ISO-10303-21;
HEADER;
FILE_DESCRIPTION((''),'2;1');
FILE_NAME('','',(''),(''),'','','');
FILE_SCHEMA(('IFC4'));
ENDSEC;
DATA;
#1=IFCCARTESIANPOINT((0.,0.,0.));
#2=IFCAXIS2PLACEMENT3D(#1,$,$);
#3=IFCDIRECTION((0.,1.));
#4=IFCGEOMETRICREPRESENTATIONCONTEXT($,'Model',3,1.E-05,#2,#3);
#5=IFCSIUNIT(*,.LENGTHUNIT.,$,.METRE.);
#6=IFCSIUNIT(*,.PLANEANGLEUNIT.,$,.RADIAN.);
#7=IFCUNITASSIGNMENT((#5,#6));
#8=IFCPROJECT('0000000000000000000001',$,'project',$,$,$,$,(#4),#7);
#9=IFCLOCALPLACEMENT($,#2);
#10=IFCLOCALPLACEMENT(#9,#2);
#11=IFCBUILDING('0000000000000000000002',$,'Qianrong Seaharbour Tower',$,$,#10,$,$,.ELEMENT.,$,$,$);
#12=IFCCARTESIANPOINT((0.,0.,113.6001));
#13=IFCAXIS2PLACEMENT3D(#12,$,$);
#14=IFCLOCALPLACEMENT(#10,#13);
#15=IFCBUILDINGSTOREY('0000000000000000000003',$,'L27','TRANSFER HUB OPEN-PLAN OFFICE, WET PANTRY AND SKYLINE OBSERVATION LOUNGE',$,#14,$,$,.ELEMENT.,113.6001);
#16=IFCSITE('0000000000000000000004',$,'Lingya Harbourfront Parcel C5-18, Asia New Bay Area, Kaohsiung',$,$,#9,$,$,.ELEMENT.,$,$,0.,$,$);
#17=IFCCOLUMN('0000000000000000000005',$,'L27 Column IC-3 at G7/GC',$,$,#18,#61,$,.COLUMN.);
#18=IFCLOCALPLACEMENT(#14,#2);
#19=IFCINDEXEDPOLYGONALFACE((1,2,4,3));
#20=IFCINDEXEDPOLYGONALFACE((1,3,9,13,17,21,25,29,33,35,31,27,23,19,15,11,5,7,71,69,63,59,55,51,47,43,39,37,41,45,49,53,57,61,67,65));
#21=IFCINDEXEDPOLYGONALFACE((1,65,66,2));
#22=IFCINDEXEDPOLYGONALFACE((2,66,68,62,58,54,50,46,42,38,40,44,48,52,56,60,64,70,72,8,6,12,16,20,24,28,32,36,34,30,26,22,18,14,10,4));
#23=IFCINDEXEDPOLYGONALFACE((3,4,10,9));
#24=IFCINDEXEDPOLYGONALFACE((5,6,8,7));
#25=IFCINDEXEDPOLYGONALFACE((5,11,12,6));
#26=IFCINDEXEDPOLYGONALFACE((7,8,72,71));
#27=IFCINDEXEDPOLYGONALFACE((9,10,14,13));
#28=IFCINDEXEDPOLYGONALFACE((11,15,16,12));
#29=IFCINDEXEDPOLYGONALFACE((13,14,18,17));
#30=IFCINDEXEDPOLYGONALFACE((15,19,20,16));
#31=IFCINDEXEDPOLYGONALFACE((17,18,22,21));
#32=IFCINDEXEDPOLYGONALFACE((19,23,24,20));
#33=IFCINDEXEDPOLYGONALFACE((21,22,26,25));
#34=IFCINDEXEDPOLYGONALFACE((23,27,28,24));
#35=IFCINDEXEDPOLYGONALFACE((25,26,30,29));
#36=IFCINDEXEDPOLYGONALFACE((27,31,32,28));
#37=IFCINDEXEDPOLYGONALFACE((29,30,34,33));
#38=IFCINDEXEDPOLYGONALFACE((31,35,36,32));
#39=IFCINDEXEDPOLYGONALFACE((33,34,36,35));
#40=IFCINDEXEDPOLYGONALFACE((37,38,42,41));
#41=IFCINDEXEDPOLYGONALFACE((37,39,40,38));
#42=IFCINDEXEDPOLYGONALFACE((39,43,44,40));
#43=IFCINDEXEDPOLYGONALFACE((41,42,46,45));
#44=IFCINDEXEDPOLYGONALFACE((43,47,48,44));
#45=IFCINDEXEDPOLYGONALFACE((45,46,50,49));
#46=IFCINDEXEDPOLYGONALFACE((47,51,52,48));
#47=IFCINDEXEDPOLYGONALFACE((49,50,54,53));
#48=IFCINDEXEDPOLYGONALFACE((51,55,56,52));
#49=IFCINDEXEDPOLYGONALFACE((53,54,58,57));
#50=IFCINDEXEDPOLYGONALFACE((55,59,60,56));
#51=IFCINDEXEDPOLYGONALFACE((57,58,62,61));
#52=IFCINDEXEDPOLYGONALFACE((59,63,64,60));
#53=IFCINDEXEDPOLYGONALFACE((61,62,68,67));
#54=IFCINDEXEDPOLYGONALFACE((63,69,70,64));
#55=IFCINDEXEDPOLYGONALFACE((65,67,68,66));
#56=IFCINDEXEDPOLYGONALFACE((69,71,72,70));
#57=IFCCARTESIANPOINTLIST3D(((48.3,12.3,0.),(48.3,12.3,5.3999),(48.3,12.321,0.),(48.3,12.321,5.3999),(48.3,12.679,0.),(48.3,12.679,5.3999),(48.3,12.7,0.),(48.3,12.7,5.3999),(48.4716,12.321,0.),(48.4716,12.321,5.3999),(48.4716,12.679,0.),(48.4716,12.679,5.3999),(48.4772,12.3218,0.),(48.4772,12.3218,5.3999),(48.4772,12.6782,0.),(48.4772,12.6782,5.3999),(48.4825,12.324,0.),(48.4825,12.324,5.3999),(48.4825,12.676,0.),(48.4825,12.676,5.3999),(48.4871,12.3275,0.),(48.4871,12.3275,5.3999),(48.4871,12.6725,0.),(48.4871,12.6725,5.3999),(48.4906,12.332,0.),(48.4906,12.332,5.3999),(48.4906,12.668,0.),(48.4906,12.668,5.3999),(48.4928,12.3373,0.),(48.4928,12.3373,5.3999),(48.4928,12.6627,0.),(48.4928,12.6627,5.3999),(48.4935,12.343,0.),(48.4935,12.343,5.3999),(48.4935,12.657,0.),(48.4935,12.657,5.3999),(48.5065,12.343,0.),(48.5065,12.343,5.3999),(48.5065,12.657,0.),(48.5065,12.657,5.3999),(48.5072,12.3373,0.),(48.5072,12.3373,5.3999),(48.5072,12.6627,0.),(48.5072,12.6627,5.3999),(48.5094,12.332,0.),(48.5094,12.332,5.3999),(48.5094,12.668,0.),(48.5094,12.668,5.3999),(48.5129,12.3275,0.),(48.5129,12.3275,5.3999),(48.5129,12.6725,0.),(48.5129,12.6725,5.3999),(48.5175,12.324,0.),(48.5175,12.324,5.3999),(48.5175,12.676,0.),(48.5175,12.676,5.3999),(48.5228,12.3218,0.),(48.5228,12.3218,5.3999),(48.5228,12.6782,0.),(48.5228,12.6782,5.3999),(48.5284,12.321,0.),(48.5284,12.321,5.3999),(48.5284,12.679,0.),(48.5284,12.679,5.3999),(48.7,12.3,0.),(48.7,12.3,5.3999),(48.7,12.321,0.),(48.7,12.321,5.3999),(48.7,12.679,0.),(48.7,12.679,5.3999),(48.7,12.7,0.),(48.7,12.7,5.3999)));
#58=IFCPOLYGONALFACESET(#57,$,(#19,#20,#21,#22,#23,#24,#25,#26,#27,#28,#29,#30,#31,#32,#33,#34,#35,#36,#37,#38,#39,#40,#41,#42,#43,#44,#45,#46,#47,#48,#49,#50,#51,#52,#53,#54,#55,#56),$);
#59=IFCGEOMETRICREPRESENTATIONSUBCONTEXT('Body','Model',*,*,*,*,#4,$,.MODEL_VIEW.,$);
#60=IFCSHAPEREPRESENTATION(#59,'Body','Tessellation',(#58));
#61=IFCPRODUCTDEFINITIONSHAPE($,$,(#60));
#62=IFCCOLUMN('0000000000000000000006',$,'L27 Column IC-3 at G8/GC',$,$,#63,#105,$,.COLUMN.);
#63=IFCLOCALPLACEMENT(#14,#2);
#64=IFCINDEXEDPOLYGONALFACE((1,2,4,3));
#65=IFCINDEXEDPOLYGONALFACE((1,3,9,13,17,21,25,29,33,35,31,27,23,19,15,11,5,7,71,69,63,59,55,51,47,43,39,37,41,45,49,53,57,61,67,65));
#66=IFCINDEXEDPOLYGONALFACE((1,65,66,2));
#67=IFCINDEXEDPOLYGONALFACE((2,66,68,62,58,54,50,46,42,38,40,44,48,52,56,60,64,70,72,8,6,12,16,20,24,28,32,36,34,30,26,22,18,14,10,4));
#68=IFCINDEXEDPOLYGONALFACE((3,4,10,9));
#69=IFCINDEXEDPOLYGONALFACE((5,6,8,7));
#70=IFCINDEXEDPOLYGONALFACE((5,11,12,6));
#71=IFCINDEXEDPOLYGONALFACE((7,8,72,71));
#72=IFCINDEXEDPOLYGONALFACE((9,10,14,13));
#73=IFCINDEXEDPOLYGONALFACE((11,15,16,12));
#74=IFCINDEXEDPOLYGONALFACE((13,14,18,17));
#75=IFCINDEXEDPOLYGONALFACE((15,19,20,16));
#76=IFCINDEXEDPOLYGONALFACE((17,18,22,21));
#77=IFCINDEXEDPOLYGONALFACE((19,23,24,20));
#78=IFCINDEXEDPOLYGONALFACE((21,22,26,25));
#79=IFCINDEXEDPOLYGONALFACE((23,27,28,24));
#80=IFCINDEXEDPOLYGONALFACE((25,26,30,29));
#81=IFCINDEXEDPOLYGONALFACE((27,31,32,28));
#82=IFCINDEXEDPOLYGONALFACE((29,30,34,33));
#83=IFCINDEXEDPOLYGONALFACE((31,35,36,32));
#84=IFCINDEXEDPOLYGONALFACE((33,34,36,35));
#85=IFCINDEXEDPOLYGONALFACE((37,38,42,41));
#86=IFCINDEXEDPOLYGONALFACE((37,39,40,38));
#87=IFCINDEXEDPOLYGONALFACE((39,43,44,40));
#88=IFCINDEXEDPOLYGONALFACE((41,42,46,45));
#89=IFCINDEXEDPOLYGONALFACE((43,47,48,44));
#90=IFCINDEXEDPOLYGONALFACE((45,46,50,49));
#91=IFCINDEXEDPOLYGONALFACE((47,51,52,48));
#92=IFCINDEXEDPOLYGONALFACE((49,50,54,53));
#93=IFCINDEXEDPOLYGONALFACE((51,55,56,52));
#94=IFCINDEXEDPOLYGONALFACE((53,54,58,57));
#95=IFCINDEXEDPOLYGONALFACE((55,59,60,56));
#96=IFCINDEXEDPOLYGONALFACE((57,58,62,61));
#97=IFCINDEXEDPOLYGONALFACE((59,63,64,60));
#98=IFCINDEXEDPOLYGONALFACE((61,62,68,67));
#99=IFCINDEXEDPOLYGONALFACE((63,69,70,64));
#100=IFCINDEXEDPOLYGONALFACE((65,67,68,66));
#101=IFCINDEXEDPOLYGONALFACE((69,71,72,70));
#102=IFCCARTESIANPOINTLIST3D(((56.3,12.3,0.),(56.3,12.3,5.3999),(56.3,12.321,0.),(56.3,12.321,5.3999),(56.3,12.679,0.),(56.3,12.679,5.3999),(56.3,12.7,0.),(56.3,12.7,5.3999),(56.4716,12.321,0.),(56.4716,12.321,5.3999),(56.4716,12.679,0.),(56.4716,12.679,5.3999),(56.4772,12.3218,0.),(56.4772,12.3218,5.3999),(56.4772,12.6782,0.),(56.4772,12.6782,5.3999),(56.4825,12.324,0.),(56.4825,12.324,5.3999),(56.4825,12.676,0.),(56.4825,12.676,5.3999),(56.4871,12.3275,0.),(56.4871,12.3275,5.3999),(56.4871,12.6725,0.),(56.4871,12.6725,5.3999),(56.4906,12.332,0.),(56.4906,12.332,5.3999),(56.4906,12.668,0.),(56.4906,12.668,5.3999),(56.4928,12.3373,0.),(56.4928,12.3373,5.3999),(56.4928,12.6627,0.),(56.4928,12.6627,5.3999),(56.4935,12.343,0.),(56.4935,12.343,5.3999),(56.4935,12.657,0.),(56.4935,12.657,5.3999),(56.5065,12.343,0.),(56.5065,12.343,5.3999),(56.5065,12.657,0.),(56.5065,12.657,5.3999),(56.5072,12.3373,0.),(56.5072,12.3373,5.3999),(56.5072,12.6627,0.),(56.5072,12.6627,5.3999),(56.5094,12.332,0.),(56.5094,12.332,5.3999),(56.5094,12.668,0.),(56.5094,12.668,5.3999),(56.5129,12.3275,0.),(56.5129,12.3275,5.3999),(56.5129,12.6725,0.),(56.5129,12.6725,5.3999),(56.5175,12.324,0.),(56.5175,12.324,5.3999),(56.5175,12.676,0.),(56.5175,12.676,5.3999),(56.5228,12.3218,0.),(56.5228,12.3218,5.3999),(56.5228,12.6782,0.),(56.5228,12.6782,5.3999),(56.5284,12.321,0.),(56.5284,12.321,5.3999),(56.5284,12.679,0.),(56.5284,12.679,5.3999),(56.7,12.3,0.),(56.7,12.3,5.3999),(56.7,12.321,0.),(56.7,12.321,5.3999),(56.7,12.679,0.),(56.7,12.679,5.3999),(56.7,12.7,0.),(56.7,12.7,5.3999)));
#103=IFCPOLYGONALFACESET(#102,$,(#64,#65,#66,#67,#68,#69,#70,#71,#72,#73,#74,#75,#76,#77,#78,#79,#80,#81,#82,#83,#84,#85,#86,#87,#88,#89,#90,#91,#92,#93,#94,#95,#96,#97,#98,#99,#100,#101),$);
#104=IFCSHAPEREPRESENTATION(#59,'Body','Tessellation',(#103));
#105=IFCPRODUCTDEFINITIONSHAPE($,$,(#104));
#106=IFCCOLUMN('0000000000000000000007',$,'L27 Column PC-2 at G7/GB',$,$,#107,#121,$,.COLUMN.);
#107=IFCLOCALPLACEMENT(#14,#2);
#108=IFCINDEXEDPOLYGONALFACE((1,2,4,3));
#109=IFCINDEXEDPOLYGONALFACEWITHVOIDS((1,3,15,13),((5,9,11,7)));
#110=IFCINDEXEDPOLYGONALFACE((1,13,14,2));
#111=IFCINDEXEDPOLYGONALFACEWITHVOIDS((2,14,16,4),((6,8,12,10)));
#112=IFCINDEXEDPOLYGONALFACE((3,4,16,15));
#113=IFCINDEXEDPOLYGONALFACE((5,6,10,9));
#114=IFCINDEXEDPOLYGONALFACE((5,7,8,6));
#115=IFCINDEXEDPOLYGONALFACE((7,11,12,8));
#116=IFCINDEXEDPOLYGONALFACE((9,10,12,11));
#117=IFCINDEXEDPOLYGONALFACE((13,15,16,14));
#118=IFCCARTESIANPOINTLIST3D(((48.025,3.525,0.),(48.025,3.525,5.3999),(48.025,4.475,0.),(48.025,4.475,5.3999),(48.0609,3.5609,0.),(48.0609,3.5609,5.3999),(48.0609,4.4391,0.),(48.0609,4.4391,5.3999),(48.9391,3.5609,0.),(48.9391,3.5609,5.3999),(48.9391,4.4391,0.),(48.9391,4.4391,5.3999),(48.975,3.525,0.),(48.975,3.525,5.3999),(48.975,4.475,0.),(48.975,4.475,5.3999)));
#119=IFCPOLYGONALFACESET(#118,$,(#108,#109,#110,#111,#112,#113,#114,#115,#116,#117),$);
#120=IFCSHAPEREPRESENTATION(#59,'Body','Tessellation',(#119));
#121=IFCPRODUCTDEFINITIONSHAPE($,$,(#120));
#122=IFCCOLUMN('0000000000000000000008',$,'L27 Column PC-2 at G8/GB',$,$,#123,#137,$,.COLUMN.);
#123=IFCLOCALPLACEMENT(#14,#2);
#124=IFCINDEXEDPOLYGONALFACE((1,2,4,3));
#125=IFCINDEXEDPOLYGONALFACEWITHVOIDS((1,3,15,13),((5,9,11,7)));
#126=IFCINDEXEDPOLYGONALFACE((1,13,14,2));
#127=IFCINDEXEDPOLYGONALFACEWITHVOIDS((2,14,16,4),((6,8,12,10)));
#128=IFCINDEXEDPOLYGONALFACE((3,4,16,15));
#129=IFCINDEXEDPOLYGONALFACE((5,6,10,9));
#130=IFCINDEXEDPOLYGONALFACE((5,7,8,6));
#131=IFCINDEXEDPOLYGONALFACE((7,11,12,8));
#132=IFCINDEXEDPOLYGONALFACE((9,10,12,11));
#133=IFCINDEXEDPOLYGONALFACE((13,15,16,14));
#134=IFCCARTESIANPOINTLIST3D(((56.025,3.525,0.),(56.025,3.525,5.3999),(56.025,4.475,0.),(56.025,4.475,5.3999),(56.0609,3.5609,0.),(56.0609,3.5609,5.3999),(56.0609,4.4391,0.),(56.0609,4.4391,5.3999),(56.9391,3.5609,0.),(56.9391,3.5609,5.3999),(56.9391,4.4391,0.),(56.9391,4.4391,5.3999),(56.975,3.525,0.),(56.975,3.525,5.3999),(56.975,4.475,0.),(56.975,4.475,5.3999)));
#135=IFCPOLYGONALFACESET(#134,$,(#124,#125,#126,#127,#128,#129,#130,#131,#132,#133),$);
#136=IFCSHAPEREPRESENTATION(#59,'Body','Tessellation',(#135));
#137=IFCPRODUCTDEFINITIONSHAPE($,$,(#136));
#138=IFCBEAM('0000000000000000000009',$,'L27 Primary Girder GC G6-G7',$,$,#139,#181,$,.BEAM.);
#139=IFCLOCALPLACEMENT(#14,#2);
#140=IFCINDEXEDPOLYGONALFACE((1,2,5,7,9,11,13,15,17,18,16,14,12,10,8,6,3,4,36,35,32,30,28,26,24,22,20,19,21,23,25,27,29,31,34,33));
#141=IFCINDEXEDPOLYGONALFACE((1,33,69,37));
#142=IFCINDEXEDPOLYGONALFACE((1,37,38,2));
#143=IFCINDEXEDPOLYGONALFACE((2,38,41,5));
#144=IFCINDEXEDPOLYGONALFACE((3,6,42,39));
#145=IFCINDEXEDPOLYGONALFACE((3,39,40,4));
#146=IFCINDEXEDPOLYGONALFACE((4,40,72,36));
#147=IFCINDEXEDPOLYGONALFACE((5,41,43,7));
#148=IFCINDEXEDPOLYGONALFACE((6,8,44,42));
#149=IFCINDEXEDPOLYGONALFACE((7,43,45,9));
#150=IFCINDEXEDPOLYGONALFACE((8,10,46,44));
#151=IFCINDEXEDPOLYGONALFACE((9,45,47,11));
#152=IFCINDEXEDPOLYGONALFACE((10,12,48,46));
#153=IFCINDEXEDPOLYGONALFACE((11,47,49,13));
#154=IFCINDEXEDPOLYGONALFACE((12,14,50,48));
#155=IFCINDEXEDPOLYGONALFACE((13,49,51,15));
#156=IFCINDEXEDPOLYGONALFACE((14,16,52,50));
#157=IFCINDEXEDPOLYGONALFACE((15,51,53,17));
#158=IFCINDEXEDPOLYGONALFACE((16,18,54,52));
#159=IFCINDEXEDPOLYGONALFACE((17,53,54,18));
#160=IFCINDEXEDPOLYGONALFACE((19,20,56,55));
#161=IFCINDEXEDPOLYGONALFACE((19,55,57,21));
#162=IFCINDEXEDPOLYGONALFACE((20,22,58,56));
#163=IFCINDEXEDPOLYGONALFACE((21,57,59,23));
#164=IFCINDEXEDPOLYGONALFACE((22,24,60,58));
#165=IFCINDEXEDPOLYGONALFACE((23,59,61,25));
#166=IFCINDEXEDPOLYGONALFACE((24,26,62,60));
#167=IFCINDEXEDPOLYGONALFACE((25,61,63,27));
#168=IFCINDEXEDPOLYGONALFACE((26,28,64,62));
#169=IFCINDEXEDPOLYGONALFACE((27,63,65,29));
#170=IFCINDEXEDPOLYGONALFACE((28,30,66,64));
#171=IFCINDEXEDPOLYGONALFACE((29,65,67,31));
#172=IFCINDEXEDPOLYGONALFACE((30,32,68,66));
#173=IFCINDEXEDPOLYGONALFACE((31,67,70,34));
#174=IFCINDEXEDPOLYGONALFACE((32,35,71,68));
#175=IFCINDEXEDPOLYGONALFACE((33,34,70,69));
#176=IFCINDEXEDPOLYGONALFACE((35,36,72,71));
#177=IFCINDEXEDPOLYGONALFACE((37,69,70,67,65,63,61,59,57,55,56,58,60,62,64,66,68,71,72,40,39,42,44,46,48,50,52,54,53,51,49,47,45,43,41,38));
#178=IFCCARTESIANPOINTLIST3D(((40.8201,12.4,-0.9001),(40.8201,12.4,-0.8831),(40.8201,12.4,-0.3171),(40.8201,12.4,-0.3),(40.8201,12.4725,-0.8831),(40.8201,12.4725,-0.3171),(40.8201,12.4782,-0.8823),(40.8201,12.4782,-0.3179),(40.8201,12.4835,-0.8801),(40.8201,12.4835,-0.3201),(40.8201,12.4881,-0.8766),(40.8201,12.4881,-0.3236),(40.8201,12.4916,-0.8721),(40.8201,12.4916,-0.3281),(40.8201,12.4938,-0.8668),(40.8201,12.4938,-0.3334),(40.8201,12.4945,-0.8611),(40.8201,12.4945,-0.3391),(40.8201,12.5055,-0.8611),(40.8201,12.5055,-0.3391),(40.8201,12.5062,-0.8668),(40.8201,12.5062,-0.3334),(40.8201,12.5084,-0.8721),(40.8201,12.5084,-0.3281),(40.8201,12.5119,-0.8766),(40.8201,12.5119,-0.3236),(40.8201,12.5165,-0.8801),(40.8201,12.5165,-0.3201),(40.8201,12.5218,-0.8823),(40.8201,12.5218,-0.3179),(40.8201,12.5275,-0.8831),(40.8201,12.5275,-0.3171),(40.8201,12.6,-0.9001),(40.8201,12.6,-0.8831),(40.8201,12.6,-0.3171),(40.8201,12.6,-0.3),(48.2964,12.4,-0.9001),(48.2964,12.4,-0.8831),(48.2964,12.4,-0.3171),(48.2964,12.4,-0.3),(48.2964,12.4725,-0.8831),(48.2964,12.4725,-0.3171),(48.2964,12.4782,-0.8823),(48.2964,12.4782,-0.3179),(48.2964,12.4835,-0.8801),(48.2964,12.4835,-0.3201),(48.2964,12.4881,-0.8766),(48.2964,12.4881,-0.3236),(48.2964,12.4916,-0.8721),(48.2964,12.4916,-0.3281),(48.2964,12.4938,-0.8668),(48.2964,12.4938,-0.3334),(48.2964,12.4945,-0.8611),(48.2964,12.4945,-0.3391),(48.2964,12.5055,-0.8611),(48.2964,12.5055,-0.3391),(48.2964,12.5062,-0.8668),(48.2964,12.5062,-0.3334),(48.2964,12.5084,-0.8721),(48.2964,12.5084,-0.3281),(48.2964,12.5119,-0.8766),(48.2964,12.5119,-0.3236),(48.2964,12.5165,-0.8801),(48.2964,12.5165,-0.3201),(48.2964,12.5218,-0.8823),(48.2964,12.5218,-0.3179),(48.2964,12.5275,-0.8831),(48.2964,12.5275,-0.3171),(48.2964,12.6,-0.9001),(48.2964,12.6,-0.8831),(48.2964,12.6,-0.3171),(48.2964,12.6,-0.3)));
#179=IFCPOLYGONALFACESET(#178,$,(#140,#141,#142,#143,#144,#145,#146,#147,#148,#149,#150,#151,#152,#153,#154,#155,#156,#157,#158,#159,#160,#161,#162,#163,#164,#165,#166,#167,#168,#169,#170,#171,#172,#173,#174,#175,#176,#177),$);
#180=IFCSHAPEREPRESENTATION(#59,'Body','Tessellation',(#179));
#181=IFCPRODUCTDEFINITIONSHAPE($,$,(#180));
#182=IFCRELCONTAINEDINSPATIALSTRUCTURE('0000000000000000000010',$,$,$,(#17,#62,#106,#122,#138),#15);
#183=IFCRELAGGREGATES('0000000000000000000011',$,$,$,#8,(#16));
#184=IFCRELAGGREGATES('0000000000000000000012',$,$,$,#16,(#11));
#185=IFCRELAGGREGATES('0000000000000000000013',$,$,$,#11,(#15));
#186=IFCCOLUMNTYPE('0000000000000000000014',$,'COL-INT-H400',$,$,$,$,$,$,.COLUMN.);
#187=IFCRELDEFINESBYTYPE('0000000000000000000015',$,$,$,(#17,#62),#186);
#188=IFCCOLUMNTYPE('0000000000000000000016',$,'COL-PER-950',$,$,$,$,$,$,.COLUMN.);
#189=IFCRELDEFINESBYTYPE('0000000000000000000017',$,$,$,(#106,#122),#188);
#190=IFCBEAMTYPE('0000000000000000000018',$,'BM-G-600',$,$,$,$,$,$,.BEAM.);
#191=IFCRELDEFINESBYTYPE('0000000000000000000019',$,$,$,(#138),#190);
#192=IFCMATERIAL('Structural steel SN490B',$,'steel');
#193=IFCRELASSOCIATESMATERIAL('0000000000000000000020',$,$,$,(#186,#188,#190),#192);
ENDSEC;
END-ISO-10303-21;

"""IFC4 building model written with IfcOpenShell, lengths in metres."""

from ifc_helpers import new_model, si_unit, direction, frame, origin, origin_2d, place, context, subcontext, project, spatial, hollow_rectangle, i_section, extrude, material, material_profile, profile_set, type_object, element, save


model = new_model("IFC4")

# Units and contexts
model_context = context("Model", 3, precision=1e-05, world=origin(), true_north=direction((0.0, 1.0)))
body_context = subcontext(model_context, "Body", "Model", "MODEL_VIEW")
ifc_project = project(units=[si_unit("LENGTHUNIT", "METRE"), si_unit("PLANEANGLEUNIT", "RADIAN")], contexts=[model_context])

# Site, building, storey
site_placement = place(None, origin())
site = spatial("IfcSite", under=ifc_project, at=site_placement, Name="Lingya Harbourfront Parcel C5-18, Asia New Bay Area, Kaohsiung", CompositionType="ELEMENT", RefElevation=0.0)
building_placement = place(site_placement, origin())
building = spatial("IfcBuilding", under=site, at=building_placement, Name="Qianrong Seaharbour Tower", CompositionType="ELEMENT")
storey_placement = place(building_placement, frame((0.0, 0.0, 113.6001)))
storey = spatial("IfcBuildingStorey", under=building, at=storey_placement, Name="L27", Description="TRANSFER HUB OPEN-PLAN OFFICE, WET PANTRY AND SKYLINE OBSERVATION LOUNGE", CompositionType="ELEMENT", Elevation=113.6001)

# Columns
ifc_material_1 = material(Name="Structural steel SN490B", Category="steel")
ifc_material_profile_1 = material_profile(ifc_material_1, i_section(OverallWidth=0.3999, OverallDepth=0.3999, WebThickness=0.0129, FlangeThickness=0.021, FilletRadius=0.022, at=origin_2d()), Name="H400x400x13x21")
ifc_profile_set_1 = profile_set([ifc_material_profile_1], Name="Structural steel SN490B")
column_type_1 = type_object("IfcColumnType", Name="COL-INT-H400", PredefinedType="COLUMN", material=ifc_profile_set_1)
for number, where, z_axis, x_axis, name in (
    (1, (48.5, 12.5, 0.0), (0.0, 0.0, 1.0), (1.0, 0.0, 0.0), "L27 Column IC-3 at G7/GC"),
    (2, (56.5, 12.5, 0.0), (0.0, 0.0, 1.0), (1.0, 0.0, 0.0), "L27 Column IC-3 at G8/GC"),
):
    element("IfcColumn", number, at=place(storey_placement, frame(where, z_axis=z_axis, x_axis=x_axis)), inside=storey, type_object=column_type_1, Name=name, PredefinedType="COLUMN", context=body_context, shape_type="SweptSolid", body=[
        extrude(i_section(OverallWidth=0.3999, OverallDepth=0.3999, WebThickness=0.0129, FlangeThickness=0.021, FilletRadius=0.022, at=origin_2d()), origin(), (0.0, 0.0, 1.0), 5.3999),
    ])
ifc_material_profile_2 = material_profile(ifc_material_1, hollow_rectangle(XDim=0.95, YDim=0.95, WallThickness=0.0359, at=origin_2d()), Name="BOX950x950x36")
ifc_profile_set_2 = profile_set([ifc_material_profile_2], Name="Structural steel SN490B")
column_type_2 = type_object("IfcColumnType", Name="COL-PER-950", PredefinedType="COLUMN", material=ifc_profile_set_2)
for number, where, z_axis, x_axis, name in (
    (3, (48.5, 4.0, 0.0), (0.0, 0.0, 1.0), (1.0, 0.0, 0.0), "L27 Column PC-2 at G7/GB"),
    (4, (56.5, 4.0, 0.0), (0.0, 0.0, 1.0), (1.0, 0.0, 0.0), "L27 Column PC-2 at G8/GB"),
):
    element("IfcColumn", number, at=place(storey_placement, frame(where, z_axis=z_axis, x_axis=x_axis)), inside=storey, type_object=column_type_2, Name=name, PredefinedType="COLUMN", context=body_context, shape_type="SweptSolid", body=[
        extrude(hollow_rectangle(XDim=0.95, YDim=0.95, WallThickness=0.0359, at=origin_2d()), origin(), (0.0, 0.0, 1.0), 5.3999),
    ])

# Beam
ifc_material_profile_3 = material_profile(ifc_material_1, i_section(OverallWidth=0.2, OverallDepth=0.6001, WebThickness=0.011, FlangeThickness=0.0171, FilletRadius=0.022, at=origin_2d()), Name="H600x200x11x17")
ifc_profile_set_3 = profile_set([ifc_material_profile_3], Name="Structural steel SN490B")
beam_type_1 = type_object("IfcBeamType", Name="BM-G-600", PredefinedType="BEAM", material=ifc_profile_set_3)
beam_1_placement = place(storey_placement, frame((40.8201, 12.5, -0.6001), z_axis=(1.0, 0.0, 0.0), x_axis=(0.0, 1.0, 0.0)))
element("IfcBeam", 5, at=beam_1_placement, inside=storey, type_object=beam_type_1, Name="L27 Primary Girder GC G6-G7", PredefinedType="BEAM", context=body_context, shape_type="SweptSolid", body=[
    extrude(i_section(OverallWidth=0.2, OverallDepth=0.6001, WebThickness=0.011, FlangeThickness=0.0171, FilletRadius=0.022, at=origin_2d()), origin(), (0.0, 0.0, 1.0), 7.4763),
])

save(model, "model.ifc")
